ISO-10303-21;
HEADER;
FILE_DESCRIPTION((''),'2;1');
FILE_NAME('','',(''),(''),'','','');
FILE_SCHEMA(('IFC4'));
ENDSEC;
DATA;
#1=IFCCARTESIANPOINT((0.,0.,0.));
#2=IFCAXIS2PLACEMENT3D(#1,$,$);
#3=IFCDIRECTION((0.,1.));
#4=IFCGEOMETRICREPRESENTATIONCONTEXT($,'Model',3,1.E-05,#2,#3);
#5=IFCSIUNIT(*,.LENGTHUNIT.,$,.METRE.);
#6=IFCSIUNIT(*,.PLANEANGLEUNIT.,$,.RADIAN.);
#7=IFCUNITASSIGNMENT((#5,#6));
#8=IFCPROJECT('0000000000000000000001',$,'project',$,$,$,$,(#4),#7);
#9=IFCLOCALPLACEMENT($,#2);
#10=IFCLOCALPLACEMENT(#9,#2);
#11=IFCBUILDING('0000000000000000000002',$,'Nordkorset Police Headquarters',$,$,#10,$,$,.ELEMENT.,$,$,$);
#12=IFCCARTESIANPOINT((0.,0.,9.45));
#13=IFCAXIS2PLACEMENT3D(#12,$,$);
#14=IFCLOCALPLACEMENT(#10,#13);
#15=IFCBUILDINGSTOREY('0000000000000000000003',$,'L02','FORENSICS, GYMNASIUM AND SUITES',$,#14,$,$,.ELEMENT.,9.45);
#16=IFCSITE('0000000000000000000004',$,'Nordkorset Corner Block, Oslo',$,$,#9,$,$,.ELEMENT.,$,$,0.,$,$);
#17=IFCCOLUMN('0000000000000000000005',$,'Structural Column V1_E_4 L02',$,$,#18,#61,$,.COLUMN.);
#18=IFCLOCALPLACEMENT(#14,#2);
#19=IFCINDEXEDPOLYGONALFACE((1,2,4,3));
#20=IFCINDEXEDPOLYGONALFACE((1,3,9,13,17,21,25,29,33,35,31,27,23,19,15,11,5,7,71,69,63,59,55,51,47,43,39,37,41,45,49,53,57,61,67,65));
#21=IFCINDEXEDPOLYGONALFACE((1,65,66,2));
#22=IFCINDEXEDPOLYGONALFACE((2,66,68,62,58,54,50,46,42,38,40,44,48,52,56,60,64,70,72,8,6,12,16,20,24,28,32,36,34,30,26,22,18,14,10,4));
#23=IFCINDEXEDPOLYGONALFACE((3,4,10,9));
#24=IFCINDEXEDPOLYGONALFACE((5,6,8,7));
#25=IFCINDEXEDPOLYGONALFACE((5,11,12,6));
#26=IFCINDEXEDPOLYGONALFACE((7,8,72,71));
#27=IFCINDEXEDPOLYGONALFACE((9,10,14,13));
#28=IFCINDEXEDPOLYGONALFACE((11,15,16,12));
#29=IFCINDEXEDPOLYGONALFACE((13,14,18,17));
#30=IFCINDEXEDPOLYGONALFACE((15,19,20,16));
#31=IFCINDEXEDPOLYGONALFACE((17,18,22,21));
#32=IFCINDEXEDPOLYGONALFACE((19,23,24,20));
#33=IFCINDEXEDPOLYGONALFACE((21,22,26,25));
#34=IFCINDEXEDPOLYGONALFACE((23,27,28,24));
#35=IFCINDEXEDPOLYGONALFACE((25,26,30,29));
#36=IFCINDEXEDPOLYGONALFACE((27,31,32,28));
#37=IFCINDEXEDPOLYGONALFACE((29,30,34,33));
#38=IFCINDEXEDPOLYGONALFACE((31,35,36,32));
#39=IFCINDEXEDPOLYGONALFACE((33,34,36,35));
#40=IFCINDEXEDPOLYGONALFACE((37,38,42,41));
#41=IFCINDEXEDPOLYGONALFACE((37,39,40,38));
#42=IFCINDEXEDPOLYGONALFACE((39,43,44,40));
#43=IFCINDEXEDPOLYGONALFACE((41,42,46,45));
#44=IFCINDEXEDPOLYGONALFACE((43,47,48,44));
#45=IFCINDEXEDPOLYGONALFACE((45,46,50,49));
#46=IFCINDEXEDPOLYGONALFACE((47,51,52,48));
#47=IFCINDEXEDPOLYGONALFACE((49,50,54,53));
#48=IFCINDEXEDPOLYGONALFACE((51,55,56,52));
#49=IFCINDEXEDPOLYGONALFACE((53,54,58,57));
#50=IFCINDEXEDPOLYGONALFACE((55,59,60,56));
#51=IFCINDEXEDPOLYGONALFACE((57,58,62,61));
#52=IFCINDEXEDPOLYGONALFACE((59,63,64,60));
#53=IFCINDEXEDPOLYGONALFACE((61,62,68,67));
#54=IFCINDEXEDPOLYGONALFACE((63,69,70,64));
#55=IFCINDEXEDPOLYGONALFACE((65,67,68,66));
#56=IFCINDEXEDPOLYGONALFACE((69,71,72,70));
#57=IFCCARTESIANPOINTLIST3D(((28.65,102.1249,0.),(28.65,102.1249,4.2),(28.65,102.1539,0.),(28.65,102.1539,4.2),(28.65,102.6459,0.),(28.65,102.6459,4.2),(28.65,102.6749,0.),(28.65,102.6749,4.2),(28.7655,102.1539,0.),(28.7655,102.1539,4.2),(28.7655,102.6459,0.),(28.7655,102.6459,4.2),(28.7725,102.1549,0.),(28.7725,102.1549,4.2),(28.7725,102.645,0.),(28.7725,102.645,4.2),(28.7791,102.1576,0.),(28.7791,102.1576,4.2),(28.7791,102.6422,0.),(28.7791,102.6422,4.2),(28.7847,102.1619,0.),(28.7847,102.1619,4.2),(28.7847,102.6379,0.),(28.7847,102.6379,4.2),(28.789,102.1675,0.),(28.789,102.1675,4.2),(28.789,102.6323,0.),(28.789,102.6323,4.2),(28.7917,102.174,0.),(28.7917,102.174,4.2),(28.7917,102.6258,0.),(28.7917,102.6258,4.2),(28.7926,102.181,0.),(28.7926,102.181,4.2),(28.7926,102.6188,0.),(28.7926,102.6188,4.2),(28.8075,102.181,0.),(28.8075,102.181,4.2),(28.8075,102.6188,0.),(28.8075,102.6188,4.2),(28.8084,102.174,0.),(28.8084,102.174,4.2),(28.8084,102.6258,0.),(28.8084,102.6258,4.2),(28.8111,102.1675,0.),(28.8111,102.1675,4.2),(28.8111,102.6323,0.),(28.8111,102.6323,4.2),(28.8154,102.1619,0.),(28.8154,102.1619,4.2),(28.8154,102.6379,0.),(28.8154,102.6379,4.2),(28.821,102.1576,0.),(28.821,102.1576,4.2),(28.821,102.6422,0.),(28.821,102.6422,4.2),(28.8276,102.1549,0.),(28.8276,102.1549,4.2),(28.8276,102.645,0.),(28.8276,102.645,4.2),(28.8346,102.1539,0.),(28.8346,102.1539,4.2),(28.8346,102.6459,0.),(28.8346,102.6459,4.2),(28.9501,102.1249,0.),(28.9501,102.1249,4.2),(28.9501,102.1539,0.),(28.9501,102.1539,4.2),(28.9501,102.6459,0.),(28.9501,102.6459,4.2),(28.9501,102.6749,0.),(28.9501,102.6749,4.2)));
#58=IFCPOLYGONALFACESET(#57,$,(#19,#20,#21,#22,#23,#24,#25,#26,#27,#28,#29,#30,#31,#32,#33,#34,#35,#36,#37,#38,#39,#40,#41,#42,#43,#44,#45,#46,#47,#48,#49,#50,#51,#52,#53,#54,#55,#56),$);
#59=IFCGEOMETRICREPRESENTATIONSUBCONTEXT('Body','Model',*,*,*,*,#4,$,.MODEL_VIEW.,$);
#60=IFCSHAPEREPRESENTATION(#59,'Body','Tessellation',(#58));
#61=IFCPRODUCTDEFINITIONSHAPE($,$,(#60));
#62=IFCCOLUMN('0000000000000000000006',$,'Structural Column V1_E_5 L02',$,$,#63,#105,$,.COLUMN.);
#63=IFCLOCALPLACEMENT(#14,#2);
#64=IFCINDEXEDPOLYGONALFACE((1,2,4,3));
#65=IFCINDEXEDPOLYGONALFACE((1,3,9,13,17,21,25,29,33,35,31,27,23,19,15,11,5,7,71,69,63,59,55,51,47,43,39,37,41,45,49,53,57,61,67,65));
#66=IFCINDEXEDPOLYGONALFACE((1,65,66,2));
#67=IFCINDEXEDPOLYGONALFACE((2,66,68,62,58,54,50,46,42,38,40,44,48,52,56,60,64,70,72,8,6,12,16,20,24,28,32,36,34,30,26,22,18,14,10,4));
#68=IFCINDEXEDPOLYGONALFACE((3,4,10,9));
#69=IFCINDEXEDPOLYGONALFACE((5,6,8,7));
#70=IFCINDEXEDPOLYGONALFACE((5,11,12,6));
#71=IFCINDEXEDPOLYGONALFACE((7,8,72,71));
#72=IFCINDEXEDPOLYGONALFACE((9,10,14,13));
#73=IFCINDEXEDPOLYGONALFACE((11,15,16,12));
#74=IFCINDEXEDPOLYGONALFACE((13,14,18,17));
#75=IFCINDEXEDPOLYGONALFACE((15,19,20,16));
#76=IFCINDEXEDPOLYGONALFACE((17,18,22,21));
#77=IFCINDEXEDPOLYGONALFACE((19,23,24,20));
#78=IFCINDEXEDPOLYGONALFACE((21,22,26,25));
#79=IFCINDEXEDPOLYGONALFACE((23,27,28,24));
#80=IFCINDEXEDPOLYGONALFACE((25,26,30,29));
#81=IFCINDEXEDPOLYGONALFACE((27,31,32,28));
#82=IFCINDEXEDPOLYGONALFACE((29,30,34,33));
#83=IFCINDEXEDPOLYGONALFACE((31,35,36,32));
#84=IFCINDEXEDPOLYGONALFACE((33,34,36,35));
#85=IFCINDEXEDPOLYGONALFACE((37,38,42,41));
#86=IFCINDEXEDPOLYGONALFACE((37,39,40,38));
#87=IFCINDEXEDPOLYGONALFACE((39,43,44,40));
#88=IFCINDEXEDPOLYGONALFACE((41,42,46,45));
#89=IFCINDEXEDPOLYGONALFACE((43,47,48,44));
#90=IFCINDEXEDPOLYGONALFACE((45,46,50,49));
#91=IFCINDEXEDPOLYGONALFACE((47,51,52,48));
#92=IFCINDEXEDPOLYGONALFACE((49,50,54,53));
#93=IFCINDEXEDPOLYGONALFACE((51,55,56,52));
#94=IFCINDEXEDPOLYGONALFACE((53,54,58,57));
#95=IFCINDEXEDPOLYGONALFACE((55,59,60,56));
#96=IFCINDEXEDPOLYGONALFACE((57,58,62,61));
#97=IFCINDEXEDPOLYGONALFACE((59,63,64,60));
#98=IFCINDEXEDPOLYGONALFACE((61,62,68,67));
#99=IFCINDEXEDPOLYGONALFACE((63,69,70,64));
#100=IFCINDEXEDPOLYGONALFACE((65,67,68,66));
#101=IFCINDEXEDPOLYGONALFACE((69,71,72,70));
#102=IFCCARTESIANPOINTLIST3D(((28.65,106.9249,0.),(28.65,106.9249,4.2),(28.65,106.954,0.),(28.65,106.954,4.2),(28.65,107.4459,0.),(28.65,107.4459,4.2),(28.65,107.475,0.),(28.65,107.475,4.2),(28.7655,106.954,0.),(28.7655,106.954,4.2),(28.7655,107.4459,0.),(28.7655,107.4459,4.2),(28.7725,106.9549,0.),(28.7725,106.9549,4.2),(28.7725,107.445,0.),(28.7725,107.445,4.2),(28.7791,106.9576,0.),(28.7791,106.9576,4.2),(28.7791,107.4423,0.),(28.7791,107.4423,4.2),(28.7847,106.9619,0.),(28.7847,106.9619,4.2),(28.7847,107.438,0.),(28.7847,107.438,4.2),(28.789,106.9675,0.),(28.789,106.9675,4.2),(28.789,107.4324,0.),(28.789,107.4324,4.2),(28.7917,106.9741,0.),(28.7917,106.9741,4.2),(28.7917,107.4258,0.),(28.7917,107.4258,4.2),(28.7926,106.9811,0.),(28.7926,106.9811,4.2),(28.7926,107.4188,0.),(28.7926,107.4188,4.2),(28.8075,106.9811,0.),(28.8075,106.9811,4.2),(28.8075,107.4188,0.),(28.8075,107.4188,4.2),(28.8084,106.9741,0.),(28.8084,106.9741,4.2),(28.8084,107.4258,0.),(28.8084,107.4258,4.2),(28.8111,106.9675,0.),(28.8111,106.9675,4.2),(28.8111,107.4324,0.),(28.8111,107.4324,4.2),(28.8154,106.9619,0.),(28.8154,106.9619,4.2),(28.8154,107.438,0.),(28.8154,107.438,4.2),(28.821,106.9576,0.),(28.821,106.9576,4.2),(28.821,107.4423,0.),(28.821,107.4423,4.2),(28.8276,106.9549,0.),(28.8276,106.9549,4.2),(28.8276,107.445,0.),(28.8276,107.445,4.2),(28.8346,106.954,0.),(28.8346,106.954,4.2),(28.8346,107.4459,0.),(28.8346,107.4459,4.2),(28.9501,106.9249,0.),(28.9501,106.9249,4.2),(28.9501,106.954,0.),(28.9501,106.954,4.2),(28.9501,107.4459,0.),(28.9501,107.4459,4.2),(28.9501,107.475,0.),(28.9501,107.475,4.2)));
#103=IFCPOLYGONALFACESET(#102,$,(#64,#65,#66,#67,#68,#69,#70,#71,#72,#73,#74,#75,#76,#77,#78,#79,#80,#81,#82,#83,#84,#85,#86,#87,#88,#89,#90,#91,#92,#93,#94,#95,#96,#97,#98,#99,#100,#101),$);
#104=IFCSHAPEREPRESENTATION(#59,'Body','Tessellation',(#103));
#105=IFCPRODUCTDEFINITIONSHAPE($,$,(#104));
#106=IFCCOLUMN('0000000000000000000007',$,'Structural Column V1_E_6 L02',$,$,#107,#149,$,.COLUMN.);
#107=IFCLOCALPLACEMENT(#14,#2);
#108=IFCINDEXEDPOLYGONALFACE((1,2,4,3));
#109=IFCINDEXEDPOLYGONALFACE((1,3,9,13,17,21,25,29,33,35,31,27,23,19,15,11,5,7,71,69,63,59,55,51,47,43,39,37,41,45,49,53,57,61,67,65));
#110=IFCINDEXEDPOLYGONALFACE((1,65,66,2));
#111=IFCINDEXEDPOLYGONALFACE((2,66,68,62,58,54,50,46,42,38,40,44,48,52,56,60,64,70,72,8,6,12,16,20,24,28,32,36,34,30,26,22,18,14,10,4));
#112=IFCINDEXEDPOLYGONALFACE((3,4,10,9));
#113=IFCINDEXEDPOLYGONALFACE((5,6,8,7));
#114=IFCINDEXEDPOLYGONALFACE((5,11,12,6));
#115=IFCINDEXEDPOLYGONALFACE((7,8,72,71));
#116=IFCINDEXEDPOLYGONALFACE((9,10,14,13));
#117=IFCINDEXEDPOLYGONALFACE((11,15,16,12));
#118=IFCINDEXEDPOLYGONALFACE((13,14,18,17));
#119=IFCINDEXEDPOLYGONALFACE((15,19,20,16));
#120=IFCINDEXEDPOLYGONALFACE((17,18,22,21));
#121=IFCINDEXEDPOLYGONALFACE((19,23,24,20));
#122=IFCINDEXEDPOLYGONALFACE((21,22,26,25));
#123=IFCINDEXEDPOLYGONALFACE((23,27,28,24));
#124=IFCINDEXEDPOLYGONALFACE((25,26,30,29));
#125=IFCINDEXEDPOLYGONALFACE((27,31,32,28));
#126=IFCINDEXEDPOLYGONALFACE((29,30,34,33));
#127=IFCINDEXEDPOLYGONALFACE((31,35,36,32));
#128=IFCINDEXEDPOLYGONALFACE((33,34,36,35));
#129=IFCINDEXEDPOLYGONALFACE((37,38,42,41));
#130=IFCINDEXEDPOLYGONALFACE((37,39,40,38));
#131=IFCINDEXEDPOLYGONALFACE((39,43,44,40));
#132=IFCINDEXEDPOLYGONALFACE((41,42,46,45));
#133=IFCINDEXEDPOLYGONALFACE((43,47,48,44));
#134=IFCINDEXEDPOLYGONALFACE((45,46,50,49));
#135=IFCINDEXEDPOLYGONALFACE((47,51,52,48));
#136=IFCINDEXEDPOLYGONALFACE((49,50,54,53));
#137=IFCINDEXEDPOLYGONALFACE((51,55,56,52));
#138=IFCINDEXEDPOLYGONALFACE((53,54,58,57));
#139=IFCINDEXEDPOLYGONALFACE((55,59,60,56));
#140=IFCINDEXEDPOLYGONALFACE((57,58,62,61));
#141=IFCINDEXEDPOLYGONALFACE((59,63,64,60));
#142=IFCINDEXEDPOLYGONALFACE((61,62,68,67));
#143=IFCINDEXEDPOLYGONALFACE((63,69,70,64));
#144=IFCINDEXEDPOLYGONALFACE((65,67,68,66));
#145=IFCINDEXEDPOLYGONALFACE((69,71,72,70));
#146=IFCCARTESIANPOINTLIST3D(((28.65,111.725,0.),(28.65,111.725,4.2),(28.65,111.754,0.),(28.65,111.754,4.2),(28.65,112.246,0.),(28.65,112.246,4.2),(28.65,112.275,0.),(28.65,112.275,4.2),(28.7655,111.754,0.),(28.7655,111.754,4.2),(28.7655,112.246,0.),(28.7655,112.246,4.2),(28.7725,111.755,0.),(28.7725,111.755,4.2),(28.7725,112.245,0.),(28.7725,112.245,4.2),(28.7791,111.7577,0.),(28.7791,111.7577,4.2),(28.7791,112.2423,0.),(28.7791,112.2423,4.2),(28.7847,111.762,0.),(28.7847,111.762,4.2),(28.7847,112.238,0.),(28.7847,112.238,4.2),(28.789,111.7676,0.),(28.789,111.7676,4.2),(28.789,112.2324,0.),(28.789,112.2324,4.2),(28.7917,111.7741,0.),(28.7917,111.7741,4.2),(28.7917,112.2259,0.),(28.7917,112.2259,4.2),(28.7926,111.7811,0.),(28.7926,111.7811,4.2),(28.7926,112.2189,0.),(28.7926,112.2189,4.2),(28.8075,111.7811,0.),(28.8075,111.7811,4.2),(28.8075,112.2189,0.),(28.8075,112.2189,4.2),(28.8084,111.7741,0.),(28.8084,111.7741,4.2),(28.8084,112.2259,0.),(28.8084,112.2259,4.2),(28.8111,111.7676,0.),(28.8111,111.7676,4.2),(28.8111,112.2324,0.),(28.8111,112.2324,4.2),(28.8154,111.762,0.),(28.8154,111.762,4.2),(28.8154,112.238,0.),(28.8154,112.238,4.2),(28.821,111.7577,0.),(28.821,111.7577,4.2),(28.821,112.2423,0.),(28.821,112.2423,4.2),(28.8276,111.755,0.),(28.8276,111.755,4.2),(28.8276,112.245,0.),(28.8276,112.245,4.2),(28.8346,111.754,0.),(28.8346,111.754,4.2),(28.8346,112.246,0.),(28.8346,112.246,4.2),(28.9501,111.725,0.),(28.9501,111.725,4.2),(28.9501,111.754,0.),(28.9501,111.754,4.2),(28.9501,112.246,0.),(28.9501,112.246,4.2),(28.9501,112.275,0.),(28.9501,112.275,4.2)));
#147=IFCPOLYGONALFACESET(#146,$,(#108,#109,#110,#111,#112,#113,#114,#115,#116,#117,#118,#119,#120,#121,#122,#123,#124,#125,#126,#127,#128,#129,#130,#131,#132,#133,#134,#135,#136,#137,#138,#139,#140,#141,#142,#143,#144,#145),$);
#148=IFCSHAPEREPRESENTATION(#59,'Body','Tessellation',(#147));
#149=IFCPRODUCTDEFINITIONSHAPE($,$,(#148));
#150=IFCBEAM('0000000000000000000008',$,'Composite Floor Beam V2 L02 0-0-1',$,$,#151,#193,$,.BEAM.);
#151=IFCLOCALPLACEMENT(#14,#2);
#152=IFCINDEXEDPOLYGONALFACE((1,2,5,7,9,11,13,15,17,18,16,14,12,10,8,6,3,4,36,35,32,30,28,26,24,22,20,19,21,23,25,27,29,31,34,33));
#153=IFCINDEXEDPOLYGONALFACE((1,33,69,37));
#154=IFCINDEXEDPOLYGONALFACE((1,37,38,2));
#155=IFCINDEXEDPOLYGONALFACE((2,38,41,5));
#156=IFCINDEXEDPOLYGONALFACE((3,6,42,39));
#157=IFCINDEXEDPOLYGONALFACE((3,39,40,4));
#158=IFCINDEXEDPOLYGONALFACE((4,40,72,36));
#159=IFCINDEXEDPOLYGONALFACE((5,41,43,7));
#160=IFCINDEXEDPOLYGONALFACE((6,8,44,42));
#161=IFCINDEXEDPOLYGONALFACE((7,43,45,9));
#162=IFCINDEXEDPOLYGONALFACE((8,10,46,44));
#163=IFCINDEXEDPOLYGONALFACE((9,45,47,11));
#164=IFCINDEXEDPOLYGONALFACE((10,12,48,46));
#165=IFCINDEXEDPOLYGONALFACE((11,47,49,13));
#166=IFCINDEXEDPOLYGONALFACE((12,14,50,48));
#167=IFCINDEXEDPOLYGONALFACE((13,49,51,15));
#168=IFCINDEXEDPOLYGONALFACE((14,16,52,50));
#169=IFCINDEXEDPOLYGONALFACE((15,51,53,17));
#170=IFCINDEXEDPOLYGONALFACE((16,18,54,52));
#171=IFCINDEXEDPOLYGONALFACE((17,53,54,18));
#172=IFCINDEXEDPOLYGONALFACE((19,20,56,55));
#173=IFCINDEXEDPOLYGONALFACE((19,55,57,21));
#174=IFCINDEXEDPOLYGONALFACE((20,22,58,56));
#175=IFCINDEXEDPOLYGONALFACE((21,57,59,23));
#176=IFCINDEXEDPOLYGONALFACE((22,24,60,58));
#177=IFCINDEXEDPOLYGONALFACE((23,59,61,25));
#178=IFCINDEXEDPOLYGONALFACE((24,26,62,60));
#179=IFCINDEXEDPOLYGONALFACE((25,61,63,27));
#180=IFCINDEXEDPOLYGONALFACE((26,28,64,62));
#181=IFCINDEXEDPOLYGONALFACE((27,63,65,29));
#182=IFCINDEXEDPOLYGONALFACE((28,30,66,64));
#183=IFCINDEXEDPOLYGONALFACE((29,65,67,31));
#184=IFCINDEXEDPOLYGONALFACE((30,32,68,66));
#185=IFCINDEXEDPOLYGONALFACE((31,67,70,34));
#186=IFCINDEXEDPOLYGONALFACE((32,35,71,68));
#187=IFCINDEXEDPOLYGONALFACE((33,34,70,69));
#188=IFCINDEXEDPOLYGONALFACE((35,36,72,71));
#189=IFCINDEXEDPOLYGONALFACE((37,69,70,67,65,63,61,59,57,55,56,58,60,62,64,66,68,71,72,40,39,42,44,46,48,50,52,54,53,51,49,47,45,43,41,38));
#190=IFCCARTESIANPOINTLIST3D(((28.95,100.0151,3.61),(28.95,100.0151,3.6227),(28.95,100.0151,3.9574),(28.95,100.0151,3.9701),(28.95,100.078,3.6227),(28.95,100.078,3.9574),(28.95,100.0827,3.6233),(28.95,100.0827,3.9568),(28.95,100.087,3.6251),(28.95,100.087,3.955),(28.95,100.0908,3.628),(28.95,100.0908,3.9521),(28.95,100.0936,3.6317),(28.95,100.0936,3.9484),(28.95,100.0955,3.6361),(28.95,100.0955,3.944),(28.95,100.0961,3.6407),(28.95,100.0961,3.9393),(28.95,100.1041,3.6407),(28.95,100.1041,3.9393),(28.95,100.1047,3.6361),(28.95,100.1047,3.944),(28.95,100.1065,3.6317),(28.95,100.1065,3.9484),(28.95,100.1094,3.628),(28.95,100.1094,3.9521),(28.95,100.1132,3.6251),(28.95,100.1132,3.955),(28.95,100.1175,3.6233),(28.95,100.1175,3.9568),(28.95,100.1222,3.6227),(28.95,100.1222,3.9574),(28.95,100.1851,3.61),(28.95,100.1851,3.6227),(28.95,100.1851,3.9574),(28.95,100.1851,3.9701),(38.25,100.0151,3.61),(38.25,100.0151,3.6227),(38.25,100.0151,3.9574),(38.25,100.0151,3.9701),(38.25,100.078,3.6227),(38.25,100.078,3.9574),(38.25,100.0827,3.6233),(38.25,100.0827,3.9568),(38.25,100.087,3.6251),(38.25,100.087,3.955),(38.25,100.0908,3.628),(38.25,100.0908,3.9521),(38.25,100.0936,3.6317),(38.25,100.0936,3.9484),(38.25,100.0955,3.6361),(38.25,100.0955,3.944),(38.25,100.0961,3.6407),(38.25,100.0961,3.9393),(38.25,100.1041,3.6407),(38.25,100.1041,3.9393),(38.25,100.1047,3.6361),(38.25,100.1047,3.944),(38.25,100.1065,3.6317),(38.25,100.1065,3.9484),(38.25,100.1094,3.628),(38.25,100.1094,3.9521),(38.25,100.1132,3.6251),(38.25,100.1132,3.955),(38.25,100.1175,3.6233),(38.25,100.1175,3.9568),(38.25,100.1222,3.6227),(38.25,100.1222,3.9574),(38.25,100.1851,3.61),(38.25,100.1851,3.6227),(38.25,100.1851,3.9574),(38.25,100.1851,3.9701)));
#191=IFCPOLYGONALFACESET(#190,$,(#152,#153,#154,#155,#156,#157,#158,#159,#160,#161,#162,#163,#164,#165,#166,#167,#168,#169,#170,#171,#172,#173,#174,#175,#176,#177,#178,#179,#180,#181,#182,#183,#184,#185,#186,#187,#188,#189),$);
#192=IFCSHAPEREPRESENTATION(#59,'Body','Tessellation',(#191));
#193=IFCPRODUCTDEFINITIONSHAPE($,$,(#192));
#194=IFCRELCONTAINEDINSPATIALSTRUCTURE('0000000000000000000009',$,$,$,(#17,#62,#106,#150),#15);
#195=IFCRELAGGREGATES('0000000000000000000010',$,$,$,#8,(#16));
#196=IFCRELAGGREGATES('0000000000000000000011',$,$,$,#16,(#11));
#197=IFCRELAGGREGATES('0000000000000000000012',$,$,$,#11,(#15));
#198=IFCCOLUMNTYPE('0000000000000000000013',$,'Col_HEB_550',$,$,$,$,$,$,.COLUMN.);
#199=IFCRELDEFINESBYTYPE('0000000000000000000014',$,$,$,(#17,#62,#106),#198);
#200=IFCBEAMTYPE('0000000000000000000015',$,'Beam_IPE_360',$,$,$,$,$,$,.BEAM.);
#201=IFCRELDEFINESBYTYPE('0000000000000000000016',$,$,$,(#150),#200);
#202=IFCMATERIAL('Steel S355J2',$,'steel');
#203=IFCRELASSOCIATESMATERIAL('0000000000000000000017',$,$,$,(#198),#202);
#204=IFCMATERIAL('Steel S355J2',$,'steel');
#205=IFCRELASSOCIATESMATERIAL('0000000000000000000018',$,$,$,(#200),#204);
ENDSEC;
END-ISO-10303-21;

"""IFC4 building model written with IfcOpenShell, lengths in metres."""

from ifc_helpers import new_model, si_unit, direction, frame, origin, origin_2d, place, context, subcontext, project, spatial, i_section, extrude, material, material_profile, profile_set, type_object, element, save


model = new_model("IFC4")

# Units and contexts
model_context = context("Model", 3, precision=1e-05, world=origin(), true_north=direction((0.0, 1.0)))
body_context = subcontext(model_context, "Body", "Model", "MODEL_VIEW")
ifc_project = project(units=[si_unit("LENGTHUNIT", "METRE"), si_unit("PLANEANGLEUNIT", "RADIAN")], contexts=[model_context])

# Site, building, storey
site_placement = place(None, origin())
site = spatial("IfcSite", under=ifc_project, at=site_placement, Name="Nordkorset Corner Block, Oslo", CompositionType="ELEMENT", RefElevation=0.0)
building_placement = place(site_placement, origin())
building = spatial("IfcBuilding", under=site, at=building_placement, Name="Nordkorset Police Headquarters", CompositionType="ELEMENT")
storey_placement = place(building_placement, frame((0.0, 0.0, 9.45)))
storey = spatial("IfcBuildingStorey", under=building, at=storey_placement, Name="L02", Description="FORENSICS, GYMNASIUM AND SUITES", CompositionType="ELEMENT", Elevation=9.45)

# Columns
ifc_material_1 = material(Name="Steel S355J2", Category="steel")
ifc_material_profile_1 = material_profile(ifc_material_1, i_section(OverallWidth=0.3, OverallDepth=0.55, WebThickness=0.0149, FlangeThickness=0.0291, FilletRadius=0.0271, at=origin_2d()), Name="HEB 550")
ifc_profile_set_1 = profile_set([ifc_material_profile_1], Name="Steel S355J2")
column_type = type_object("IfcColumnType", Name="Col_HEB_550", PredefinedType="COLUMN", material=ifc_profile_set_1)
for number, where, z_axis, x_axis, name in (
    (1, (28.8, 102.3999, 0.0), (0.0, 0.0, 1.0), (1.0, 0.0, 0.0), "Structural Column V1_E_4 L02"),
    (2, (28.8, 107.2, 0.0), (0.0, 0.0, 1.0), (1.0, 0.0, 0.0), "Structural Column V1_E_5 L02"),
    (3, (28.8, 112.0, 0.0), (0.0, 0.0, 1.0), (1.0, 0.0, 0.0), "Structural Column V1_E_6 L02"),
):
    element("IfcColumn", number, at=place(storey_placement, frame(where, z_axis=z_axis, x_axis=x_axis)), inside=storey, type_object=column_type, Name=name, PredefinedType="COLUMN", context=body_context, shape_type="SweptSolid", body=[
        extrude(i_section(OverallWidth=0.3, OverallDepth=0.55, WebThickness=0.0149, FlangeThickness=0.0291, FilletRadius=0.0271, at=origin_2d()), origin(), (0.0, 0.0, 1.0), 4.2),
    ])

# Beam
ifc_material_2 = material(Name="Steel S355J2", Category="steel")
ifc_material_profile_2 = material_profile(ifc_material_2, i_section(OverallWidth=0.1699, OverallDepth=0.3601, WebThickness=0.0081, FlangeThickness=0.0127, FilletRadius=0.0181, at=origin_2d()), Name="IPE 360")
ifc_profile_set_2 = profile_set([ifc_material_profile_2], Name="Steel S355J2")
beam_type_1 = type_object("IfcBeamType", Name="Beam_IPE_360", PredefinedType="BEAM", material=ifc_profile_set_2)
for number, where, z_axis, x_axis, name in (
    (4, (28.95, 100.1001, 3.79), (1.0, 0.0, 0.0), (0.0, 1.0, 0.0), "Composite Floor Beam V2 L02 0-0-1"),
):
    element("IfcBeam", number, at=place(storey_placement, frame(where, z_axis=z_axis, x_axis=x_axis)), inside=storey, type_object=beam_type_1, Name=name, PredefinedType="BEAM", context=body_context, shape_type="SweptSolid", body=[
        extrude(i_section(OverallWidth=0.1699, OverallDepth=0.3601, WebThickness=0.0081, FlangeThickness=0.0127, FilletRadius=0.0181, at=origin_2d()), origin(), (0.0, 0.0, 1.0), 9.3),
    ])

save(model, "model.ifc")
